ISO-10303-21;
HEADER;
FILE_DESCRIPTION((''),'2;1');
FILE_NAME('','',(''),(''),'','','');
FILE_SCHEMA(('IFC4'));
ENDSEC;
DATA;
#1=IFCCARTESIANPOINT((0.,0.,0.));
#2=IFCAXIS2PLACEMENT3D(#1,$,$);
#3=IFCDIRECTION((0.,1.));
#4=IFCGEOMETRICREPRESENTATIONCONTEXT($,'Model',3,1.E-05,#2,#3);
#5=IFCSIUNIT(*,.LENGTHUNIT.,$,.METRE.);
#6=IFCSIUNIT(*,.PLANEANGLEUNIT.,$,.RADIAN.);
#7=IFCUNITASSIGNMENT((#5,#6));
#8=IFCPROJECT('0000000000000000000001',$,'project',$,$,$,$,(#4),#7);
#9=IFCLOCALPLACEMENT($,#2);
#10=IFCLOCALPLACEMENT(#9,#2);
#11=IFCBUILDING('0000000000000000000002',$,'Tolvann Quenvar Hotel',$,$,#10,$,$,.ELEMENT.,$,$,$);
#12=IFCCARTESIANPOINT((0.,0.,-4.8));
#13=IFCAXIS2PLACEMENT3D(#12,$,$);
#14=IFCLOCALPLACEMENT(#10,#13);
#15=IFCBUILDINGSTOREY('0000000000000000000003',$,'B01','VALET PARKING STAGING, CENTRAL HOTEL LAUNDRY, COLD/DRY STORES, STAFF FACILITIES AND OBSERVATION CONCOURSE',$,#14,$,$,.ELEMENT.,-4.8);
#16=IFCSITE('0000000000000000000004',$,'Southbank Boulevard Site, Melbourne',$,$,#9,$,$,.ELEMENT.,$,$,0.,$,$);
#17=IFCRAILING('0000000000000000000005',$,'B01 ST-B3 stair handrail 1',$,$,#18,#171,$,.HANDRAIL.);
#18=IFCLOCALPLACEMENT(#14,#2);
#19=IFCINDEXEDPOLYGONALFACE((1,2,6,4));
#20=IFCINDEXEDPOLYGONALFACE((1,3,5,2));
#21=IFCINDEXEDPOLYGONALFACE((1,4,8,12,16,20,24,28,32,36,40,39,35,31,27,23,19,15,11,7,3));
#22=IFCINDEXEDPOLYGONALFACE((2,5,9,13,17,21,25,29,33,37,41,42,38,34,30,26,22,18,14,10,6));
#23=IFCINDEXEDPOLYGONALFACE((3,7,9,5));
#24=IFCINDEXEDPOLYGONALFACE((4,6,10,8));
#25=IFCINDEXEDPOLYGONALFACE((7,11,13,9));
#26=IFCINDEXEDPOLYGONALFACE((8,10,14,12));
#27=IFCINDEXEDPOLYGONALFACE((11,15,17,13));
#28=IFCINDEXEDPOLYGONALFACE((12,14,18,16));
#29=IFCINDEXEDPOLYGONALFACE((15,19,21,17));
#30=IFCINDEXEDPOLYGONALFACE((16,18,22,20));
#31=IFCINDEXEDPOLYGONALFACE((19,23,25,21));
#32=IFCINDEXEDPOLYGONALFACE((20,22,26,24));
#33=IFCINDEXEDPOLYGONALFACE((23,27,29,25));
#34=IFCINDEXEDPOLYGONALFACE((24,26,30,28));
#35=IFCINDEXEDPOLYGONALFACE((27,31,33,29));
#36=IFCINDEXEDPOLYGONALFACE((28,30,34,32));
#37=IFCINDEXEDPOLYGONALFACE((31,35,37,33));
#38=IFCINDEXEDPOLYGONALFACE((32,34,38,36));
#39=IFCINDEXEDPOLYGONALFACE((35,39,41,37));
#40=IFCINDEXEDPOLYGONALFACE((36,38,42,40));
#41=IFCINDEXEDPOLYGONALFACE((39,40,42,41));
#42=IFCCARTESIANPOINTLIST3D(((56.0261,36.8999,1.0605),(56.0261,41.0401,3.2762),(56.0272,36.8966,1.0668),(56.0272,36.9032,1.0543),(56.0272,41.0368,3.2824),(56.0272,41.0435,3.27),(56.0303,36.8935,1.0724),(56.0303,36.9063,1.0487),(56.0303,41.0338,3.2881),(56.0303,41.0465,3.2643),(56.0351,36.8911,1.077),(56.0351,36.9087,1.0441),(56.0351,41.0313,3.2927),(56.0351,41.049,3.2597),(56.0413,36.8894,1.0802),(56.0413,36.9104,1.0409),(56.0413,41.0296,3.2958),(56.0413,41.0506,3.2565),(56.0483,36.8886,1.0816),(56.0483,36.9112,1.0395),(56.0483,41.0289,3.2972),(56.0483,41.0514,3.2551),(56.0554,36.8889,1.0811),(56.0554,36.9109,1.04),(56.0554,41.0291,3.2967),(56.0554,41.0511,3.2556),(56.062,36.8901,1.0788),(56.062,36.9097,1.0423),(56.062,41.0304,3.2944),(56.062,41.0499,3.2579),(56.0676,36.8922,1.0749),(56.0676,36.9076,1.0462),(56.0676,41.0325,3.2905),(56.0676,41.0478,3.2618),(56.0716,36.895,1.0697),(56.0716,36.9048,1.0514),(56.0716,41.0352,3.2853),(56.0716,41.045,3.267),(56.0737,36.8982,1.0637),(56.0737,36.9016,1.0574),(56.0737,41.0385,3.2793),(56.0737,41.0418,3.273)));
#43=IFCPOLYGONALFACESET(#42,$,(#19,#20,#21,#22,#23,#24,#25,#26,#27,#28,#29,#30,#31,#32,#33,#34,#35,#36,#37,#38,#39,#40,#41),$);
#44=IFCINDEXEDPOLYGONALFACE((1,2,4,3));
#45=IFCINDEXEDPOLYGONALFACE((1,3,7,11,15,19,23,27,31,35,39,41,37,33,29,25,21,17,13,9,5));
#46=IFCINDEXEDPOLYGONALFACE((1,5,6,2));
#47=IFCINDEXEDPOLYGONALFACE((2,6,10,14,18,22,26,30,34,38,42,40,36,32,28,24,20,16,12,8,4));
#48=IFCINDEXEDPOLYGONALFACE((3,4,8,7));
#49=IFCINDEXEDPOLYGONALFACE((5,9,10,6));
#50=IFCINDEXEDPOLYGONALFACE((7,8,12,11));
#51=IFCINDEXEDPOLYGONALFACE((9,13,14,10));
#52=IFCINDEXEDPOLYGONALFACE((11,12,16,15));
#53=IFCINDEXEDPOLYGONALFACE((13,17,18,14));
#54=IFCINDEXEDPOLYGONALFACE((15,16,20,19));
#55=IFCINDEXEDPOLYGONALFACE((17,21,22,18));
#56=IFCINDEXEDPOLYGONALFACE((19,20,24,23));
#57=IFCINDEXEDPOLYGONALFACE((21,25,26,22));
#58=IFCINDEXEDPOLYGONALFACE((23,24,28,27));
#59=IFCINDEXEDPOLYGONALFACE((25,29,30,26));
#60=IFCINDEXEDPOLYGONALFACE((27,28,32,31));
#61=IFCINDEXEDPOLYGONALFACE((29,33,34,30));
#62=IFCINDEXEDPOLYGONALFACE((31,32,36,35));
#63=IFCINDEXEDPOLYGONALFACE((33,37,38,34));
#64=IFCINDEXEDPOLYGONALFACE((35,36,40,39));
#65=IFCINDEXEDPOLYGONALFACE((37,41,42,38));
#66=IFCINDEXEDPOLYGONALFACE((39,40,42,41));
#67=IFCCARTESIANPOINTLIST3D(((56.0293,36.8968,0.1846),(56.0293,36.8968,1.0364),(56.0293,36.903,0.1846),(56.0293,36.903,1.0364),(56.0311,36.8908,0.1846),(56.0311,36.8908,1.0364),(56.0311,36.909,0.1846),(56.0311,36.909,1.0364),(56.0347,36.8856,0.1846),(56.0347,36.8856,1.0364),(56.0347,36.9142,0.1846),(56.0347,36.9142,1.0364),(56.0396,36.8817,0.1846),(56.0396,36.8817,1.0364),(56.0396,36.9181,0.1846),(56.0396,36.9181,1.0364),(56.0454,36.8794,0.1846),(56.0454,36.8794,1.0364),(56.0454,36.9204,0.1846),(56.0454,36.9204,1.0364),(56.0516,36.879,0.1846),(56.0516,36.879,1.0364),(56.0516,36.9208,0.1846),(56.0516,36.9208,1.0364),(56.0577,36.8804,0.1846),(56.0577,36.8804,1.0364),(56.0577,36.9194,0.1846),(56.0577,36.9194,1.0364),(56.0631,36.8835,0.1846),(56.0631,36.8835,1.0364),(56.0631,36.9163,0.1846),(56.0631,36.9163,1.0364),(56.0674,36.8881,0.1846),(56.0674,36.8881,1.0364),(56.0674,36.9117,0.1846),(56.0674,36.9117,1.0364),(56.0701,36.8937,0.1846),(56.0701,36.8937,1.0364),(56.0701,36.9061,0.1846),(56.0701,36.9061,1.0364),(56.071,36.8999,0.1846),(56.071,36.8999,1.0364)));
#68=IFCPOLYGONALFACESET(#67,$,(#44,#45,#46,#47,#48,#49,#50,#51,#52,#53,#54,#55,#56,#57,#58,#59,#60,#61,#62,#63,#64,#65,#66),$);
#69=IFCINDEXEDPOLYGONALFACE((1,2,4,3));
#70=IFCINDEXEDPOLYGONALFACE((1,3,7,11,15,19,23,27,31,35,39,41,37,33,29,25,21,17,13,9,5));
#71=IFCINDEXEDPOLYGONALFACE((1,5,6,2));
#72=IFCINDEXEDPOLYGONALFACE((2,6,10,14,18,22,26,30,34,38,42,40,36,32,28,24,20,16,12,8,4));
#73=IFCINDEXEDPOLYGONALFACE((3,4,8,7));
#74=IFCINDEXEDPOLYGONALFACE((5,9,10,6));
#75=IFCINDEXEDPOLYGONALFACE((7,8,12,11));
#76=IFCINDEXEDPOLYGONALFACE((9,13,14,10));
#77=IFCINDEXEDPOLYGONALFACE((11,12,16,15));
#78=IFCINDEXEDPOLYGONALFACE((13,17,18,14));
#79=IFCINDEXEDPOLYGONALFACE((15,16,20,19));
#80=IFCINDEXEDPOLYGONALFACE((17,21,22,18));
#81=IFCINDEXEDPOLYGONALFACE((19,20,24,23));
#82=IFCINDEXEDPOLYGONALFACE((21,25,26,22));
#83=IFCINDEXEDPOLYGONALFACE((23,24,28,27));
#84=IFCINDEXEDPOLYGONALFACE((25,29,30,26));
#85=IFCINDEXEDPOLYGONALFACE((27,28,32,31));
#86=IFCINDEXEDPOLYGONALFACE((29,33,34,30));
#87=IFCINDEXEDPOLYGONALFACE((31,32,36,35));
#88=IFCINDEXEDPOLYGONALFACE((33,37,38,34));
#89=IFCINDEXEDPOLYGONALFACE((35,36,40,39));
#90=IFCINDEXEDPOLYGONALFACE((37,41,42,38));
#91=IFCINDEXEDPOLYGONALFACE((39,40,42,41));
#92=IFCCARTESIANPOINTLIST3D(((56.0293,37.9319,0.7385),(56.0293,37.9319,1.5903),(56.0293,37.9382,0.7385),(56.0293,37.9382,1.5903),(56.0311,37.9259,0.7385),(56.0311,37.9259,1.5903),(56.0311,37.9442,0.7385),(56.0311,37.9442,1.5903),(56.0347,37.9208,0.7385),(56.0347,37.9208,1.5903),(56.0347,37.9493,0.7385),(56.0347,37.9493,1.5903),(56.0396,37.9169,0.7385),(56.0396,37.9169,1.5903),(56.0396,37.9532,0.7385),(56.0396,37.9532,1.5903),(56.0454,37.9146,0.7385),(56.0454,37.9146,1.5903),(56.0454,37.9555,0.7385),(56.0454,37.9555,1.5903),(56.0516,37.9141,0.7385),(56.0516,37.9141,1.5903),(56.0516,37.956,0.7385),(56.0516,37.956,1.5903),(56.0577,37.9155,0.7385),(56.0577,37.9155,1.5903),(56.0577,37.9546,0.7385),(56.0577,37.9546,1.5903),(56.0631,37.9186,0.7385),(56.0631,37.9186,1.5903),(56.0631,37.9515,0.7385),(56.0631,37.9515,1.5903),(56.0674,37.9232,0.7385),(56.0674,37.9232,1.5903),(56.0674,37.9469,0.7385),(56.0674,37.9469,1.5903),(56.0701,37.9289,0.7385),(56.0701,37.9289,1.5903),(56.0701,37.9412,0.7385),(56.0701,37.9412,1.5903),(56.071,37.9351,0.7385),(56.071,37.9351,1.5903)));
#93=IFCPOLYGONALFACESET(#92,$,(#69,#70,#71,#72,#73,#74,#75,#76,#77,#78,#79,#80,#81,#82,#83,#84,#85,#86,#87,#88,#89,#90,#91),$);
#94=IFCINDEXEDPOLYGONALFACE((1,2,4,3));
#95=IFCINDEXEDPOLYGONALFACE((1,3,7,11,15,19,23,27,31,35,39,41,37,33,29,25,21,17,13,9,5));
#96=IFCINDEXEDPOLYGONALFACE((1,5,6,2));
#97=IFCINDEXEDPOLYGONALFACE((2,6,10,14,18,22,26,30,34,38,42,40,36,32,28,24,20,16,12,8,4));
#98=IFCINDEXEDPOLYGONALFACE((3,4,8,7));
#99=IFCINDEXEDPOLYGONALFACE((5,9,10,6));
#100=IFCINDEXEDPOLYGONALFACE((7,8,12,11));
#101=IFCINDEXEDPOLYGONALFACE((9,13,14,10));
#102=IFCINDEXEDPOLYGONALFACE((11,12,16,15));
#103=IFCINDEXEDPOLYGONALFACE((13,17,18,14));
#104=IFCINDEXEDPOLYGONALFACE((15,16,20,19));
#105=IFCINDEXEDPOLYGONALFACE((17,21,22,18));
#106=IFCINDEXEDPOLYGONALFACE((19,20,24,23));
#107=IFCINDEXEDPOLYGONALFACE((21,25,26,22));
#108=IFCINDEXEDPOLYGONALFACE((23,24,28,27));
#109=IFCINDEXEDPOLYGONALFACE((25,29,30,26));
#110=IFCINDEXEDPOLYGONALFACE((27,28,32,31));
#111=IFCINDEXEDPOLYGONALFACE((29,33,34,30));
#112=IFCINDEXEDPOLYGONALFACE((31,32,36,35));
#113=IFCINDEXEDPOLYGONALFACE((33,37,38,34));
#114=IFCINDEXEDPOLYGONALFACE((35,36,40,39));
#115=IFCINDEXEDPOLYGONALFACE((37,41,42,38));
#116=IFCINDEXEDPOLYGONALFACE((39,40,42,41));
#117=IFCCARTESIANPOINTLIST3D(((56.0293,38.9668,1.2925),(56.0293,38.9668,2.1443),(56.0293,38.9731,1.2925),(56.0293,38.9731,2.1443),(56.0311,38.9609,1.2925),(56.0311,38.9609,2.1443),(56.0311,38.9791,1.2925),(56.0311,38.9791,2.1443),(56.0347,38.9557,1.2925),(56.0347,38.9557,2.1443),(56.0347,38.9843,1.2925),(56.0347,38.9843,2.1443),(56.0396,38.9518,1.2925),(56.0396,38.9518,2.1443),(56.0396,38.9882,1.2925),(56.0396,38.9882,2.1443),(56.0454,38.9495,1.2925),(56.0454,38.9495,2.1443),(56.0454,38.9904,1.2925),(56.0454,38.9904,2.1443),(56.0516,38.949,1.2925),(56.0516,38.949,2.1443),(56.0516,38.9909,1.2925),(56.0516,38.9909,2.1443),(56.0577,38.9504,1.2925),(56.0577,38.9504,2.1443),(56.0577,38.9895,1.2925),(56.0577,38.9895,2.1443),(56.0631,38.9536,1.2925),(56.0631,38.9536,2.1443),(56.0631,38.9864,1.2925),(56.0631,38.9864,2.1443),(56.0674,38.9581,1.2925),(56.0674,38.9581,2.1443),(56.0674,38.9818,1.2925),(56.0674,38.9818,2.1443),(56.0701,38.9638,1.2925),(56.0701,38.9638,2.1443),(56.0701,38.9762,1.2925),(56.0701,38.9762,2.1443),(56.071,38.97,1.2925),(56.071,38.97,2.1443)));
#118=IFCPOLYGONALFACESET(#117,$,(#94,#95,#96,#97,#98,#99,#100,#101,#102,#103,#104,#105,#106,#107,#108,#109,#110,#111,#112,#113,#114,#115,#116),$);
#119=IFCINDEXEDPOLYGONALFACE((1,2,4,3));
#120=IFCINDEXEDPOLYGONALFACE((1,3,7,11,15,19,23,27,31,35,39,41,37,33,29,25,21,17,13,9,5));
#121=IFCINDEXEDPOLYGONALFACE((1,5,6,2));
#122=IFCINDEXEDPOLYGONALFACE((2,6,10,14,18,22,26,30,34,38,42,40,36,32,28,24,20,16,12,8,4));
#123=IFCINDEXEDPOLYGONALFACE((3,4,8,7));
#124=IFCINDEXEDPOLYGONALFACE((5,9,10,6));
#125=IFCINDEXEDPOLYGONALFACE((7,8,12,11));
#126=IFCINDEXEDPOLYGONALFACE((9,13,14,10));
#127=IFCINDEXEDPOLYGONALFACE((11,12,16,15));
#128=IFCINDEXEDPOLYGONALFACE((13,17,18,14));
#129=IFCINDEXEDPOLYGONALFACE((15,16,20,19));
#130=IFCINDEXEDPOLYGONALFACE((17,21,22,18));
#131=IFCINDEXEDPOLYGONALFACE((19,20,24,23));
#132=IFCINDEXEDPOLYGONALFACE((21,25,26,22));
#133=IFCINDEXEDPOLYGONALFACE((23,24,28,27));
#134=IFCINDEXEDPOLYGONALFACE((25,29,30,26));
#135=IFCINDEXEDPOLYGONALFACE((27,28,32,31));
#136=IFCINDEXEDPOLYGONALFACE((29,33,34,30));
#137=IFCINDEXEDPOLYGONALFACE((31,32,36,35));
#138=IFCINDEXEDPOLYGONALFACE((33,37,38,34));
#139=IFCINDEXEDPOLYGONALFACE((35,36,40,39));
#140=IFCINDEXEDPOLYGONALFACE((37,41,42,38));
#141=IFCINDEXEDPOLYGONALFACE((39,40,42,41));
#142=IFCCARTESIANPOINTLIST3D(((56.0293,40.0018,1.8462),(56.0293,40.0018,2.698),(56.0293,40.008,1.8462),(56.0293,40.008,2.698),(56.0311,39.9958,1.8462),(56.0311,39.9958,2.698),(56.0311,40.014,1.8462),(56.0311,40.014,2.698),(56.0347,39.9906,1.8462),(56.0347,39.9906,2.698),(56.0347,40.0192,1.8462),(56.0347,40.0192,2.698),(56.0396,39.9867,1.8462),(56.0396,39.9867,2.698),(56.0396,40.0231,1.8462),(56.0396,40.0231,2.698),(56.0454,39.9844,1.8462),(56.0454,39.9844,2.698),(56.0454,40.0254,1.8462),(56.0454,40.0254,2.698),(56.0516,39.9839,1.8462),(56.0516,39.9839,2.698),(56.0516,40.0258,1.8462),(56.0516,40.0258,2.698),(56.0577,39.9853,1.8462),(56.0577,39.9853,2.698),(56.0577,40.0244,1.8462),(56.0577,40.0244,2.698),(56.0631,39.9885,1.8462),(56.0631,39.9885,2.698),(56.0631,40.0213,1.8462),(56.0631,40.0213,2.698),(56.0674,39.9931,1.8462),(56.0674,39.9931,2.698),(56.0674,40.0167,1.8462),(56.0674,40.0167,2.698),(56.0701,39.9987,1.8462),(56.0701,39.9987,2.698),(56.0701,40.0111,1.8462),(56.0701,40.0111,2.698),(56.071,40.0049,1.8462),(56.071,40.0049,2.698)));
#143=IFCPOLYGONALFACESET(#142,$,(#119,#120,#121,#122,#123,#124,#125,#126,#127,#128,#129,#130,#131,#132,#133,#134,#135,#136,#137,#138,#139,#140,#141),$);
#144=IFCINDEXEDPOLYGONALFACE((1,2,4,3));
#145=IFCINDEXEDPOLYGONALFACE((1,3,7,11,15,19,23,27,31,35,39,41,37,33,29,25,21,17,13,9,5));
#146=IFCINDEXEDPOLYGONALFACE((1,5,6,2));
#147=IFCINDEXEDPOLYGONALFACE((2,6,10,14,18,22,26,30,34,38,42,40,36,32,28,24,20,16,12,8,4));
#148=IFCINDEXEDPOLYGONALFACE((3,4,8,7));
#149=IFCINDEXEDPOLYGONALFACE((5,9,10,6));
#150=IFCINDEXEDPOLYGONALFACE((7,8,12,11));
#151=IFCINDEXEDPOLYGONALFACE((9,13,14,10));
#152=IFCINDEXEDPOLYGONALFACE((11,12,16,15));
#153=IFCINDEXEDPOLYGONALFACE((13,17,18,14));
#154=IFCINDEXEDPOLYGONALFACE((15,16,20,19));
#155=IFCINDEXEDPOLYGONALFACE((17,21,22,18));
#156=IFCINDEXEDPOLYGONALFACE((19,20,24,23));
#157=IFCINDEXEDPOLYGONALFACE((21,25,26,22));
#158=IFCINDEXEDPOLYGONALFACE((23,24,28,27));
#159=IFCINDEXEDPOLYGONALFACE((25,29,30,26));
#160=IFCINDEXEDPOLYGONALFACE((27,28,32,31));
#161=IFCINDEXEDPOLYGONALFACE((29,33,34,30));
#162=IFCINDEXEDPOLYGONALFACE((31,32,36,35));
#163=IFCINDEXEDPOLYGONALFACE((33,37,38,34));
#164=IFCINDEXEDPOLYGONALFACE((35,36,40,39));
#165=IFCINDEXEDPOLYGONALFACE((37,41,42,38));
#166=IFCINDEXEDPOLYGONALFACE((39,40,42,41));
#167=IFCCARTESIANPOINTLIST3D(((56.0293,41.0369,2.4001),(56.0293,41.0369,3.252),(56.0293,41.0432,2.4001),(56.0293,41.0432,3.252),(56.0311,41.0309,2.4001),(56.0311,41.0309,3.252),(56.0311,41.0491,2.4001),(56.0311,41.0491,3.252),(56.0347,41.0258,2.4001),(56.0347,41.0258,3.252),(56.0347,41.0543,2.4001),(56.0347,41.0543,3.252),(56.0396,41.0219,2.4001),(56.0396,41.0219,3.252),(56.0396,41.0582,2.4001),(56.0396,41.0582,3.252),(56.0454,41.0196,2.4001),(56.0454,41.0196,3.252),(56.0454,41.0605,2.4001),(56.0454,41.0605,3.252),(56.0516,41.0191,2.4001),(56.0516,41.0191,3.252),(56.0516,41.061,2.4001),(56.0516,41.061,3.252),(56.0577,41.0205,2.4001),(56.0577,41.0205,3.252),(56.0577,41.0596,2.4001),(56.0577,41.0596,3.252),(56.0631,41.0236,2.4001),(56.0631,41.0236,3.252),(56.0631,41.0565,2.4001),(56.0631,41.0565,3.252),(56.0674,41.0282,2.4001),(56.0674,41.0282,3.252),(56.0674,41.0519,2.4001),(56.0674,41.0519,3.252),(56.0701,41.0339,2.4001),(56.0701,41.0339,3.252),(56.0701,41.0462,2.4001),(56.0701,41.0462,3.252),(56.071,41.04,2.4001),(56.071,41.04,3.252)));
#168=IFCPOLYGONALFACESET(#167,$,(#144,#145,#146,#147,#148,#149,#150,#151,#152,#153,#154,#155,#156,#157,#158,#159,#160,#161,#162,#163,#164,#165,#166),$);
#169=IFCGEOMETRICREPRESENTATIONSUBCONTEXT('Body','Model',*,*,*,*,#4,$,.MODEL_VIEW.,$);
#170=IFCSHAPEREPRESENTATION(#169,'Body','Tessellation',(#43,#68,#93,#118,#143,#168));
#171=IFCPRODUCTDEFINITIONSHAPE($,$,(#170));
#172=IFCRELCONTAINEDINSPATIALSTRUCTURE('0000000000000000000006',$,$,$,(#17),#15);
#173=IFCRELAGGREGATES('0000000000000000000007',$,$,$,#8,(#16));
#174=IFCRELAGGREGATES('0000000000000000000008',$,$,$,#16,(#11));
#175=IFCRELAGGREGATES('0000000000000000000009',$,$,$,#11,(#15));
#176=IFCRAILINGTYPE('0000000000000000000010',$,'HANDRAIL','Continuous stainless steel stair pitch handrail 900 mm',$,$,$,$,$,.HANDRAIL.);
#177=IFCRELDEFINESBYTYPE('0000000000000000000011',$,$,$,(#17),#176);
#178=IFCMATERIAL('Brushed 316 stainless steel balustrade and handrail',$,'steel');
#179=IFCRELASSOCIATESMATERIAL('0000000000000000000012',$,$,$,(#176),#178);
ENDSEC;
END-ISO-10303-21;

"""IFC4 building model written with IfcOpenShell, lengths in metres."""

from ifc_helpers import new_model, si_unit, direction, frame, origin, origin_2d, place, context, subcontext, project, spatial, circle, extrude, material, type_object, element, save


model = new_model("IFC4")

# Units and contexts
model_context = context("Model", 3, precision=1e-05, world=origin(), true_north=direction((0.0, 1.0)))
body_context = subcontext(model_context, "Body", "Model", "MODEL_VIEW")
ifc_project = project(units=[si_unit("LENGTHUNIT", "METRE"), si_unit("PLANEANGLEUNIT", "RADIAN")], contexts=[model_context])

# Site, building, storey
site_placement = place(None, origin())
site = spatial("IfcSite", under=ifc_project, at=site_placement, Name="Southbank Boulevard Site, Melbourne", CompositionType="ELEMENT", RefElevation=0.0)
building_placement = place(site_placement, origin())
building = spatial("IfcBuilding", under=site, at=building_placement, Name="Tolvann Quenvar Hotel", CompositionType="ELEMENT")
storey_placement = place(building_placement, frame((0.0, 0.0, -4.8)))
storey = spatial("IfcBuildingStorey", under=building, at=storey_placement, Name="B01", Description="VALET PARKING STAGING, CENTRAL HOTEL LAUNDRY, COLD/DRY STORES, STAFF FACILITIES AND OBSERVATION CONCOURSE", CompositionType="ELEMENT", Elevation=-4.8)

# Railing
ifc_material_1 = material(Name="Brushed 316 stainless steel balustrade and handrail", Category="steel")
railing_type_1 = type_object("IfcRailingType", Name="HANDRAIL", Description="Continuous stainless steel stair pitch handrail 900 mm", PredefinedType="HANDRAIL", material=ifc_material_1)
railing_1_placement = place(storey_placement, frame((56.05, 36.8999, 0.1846)))
element("IfcRailing", 1, at=railing_1_placement, inside=storey, type_object=railing_type_1, Name="B01 ST-B3 stair handrail 1", PredefinedType="HANDRAIL", context=body_context, shape_type="SweptSolid", body=[
    extrude(circle(Radius=0.0239, at=origin_2d()), frame((0.0, 0.0, 0.876), z_axis=(0.0, 0.881689, 0.471832), x_axis=(-1.0, 0.0, 0.0)), (0.0, 0.0, 1.0), 4.6958),
    extrude(circle(Radius=0.021, at=origin_2d()), origin(), (0.0, 0.0, 1.0), 0.8518),
    extrude(circle(Radius=0.021, at=origin_2d()), frame((0.0, 1.0352, 0.554)), (0.0, 0.0, 1.0), 0.8518),
    extrude(circle(Radius=0.021, at=origin_2d()), frame((0.0, 2.0701, 1.1079)), (0.0, 0.0, 1.0), 0.8518),
    extrude(circle(Radius=0.021, at=origin_2d()), frame((0.0, 3.105, 1.6616)), (0.0, 0.0, 1.0), 0.8518),
    extrude(circle(Radius=0.021, at=origin_2d()), frame((0.0, 4.1401, 2.2156)), (0.0, 0.0, 1.0), 0.8518),
])

save(model, "model.ifc")
